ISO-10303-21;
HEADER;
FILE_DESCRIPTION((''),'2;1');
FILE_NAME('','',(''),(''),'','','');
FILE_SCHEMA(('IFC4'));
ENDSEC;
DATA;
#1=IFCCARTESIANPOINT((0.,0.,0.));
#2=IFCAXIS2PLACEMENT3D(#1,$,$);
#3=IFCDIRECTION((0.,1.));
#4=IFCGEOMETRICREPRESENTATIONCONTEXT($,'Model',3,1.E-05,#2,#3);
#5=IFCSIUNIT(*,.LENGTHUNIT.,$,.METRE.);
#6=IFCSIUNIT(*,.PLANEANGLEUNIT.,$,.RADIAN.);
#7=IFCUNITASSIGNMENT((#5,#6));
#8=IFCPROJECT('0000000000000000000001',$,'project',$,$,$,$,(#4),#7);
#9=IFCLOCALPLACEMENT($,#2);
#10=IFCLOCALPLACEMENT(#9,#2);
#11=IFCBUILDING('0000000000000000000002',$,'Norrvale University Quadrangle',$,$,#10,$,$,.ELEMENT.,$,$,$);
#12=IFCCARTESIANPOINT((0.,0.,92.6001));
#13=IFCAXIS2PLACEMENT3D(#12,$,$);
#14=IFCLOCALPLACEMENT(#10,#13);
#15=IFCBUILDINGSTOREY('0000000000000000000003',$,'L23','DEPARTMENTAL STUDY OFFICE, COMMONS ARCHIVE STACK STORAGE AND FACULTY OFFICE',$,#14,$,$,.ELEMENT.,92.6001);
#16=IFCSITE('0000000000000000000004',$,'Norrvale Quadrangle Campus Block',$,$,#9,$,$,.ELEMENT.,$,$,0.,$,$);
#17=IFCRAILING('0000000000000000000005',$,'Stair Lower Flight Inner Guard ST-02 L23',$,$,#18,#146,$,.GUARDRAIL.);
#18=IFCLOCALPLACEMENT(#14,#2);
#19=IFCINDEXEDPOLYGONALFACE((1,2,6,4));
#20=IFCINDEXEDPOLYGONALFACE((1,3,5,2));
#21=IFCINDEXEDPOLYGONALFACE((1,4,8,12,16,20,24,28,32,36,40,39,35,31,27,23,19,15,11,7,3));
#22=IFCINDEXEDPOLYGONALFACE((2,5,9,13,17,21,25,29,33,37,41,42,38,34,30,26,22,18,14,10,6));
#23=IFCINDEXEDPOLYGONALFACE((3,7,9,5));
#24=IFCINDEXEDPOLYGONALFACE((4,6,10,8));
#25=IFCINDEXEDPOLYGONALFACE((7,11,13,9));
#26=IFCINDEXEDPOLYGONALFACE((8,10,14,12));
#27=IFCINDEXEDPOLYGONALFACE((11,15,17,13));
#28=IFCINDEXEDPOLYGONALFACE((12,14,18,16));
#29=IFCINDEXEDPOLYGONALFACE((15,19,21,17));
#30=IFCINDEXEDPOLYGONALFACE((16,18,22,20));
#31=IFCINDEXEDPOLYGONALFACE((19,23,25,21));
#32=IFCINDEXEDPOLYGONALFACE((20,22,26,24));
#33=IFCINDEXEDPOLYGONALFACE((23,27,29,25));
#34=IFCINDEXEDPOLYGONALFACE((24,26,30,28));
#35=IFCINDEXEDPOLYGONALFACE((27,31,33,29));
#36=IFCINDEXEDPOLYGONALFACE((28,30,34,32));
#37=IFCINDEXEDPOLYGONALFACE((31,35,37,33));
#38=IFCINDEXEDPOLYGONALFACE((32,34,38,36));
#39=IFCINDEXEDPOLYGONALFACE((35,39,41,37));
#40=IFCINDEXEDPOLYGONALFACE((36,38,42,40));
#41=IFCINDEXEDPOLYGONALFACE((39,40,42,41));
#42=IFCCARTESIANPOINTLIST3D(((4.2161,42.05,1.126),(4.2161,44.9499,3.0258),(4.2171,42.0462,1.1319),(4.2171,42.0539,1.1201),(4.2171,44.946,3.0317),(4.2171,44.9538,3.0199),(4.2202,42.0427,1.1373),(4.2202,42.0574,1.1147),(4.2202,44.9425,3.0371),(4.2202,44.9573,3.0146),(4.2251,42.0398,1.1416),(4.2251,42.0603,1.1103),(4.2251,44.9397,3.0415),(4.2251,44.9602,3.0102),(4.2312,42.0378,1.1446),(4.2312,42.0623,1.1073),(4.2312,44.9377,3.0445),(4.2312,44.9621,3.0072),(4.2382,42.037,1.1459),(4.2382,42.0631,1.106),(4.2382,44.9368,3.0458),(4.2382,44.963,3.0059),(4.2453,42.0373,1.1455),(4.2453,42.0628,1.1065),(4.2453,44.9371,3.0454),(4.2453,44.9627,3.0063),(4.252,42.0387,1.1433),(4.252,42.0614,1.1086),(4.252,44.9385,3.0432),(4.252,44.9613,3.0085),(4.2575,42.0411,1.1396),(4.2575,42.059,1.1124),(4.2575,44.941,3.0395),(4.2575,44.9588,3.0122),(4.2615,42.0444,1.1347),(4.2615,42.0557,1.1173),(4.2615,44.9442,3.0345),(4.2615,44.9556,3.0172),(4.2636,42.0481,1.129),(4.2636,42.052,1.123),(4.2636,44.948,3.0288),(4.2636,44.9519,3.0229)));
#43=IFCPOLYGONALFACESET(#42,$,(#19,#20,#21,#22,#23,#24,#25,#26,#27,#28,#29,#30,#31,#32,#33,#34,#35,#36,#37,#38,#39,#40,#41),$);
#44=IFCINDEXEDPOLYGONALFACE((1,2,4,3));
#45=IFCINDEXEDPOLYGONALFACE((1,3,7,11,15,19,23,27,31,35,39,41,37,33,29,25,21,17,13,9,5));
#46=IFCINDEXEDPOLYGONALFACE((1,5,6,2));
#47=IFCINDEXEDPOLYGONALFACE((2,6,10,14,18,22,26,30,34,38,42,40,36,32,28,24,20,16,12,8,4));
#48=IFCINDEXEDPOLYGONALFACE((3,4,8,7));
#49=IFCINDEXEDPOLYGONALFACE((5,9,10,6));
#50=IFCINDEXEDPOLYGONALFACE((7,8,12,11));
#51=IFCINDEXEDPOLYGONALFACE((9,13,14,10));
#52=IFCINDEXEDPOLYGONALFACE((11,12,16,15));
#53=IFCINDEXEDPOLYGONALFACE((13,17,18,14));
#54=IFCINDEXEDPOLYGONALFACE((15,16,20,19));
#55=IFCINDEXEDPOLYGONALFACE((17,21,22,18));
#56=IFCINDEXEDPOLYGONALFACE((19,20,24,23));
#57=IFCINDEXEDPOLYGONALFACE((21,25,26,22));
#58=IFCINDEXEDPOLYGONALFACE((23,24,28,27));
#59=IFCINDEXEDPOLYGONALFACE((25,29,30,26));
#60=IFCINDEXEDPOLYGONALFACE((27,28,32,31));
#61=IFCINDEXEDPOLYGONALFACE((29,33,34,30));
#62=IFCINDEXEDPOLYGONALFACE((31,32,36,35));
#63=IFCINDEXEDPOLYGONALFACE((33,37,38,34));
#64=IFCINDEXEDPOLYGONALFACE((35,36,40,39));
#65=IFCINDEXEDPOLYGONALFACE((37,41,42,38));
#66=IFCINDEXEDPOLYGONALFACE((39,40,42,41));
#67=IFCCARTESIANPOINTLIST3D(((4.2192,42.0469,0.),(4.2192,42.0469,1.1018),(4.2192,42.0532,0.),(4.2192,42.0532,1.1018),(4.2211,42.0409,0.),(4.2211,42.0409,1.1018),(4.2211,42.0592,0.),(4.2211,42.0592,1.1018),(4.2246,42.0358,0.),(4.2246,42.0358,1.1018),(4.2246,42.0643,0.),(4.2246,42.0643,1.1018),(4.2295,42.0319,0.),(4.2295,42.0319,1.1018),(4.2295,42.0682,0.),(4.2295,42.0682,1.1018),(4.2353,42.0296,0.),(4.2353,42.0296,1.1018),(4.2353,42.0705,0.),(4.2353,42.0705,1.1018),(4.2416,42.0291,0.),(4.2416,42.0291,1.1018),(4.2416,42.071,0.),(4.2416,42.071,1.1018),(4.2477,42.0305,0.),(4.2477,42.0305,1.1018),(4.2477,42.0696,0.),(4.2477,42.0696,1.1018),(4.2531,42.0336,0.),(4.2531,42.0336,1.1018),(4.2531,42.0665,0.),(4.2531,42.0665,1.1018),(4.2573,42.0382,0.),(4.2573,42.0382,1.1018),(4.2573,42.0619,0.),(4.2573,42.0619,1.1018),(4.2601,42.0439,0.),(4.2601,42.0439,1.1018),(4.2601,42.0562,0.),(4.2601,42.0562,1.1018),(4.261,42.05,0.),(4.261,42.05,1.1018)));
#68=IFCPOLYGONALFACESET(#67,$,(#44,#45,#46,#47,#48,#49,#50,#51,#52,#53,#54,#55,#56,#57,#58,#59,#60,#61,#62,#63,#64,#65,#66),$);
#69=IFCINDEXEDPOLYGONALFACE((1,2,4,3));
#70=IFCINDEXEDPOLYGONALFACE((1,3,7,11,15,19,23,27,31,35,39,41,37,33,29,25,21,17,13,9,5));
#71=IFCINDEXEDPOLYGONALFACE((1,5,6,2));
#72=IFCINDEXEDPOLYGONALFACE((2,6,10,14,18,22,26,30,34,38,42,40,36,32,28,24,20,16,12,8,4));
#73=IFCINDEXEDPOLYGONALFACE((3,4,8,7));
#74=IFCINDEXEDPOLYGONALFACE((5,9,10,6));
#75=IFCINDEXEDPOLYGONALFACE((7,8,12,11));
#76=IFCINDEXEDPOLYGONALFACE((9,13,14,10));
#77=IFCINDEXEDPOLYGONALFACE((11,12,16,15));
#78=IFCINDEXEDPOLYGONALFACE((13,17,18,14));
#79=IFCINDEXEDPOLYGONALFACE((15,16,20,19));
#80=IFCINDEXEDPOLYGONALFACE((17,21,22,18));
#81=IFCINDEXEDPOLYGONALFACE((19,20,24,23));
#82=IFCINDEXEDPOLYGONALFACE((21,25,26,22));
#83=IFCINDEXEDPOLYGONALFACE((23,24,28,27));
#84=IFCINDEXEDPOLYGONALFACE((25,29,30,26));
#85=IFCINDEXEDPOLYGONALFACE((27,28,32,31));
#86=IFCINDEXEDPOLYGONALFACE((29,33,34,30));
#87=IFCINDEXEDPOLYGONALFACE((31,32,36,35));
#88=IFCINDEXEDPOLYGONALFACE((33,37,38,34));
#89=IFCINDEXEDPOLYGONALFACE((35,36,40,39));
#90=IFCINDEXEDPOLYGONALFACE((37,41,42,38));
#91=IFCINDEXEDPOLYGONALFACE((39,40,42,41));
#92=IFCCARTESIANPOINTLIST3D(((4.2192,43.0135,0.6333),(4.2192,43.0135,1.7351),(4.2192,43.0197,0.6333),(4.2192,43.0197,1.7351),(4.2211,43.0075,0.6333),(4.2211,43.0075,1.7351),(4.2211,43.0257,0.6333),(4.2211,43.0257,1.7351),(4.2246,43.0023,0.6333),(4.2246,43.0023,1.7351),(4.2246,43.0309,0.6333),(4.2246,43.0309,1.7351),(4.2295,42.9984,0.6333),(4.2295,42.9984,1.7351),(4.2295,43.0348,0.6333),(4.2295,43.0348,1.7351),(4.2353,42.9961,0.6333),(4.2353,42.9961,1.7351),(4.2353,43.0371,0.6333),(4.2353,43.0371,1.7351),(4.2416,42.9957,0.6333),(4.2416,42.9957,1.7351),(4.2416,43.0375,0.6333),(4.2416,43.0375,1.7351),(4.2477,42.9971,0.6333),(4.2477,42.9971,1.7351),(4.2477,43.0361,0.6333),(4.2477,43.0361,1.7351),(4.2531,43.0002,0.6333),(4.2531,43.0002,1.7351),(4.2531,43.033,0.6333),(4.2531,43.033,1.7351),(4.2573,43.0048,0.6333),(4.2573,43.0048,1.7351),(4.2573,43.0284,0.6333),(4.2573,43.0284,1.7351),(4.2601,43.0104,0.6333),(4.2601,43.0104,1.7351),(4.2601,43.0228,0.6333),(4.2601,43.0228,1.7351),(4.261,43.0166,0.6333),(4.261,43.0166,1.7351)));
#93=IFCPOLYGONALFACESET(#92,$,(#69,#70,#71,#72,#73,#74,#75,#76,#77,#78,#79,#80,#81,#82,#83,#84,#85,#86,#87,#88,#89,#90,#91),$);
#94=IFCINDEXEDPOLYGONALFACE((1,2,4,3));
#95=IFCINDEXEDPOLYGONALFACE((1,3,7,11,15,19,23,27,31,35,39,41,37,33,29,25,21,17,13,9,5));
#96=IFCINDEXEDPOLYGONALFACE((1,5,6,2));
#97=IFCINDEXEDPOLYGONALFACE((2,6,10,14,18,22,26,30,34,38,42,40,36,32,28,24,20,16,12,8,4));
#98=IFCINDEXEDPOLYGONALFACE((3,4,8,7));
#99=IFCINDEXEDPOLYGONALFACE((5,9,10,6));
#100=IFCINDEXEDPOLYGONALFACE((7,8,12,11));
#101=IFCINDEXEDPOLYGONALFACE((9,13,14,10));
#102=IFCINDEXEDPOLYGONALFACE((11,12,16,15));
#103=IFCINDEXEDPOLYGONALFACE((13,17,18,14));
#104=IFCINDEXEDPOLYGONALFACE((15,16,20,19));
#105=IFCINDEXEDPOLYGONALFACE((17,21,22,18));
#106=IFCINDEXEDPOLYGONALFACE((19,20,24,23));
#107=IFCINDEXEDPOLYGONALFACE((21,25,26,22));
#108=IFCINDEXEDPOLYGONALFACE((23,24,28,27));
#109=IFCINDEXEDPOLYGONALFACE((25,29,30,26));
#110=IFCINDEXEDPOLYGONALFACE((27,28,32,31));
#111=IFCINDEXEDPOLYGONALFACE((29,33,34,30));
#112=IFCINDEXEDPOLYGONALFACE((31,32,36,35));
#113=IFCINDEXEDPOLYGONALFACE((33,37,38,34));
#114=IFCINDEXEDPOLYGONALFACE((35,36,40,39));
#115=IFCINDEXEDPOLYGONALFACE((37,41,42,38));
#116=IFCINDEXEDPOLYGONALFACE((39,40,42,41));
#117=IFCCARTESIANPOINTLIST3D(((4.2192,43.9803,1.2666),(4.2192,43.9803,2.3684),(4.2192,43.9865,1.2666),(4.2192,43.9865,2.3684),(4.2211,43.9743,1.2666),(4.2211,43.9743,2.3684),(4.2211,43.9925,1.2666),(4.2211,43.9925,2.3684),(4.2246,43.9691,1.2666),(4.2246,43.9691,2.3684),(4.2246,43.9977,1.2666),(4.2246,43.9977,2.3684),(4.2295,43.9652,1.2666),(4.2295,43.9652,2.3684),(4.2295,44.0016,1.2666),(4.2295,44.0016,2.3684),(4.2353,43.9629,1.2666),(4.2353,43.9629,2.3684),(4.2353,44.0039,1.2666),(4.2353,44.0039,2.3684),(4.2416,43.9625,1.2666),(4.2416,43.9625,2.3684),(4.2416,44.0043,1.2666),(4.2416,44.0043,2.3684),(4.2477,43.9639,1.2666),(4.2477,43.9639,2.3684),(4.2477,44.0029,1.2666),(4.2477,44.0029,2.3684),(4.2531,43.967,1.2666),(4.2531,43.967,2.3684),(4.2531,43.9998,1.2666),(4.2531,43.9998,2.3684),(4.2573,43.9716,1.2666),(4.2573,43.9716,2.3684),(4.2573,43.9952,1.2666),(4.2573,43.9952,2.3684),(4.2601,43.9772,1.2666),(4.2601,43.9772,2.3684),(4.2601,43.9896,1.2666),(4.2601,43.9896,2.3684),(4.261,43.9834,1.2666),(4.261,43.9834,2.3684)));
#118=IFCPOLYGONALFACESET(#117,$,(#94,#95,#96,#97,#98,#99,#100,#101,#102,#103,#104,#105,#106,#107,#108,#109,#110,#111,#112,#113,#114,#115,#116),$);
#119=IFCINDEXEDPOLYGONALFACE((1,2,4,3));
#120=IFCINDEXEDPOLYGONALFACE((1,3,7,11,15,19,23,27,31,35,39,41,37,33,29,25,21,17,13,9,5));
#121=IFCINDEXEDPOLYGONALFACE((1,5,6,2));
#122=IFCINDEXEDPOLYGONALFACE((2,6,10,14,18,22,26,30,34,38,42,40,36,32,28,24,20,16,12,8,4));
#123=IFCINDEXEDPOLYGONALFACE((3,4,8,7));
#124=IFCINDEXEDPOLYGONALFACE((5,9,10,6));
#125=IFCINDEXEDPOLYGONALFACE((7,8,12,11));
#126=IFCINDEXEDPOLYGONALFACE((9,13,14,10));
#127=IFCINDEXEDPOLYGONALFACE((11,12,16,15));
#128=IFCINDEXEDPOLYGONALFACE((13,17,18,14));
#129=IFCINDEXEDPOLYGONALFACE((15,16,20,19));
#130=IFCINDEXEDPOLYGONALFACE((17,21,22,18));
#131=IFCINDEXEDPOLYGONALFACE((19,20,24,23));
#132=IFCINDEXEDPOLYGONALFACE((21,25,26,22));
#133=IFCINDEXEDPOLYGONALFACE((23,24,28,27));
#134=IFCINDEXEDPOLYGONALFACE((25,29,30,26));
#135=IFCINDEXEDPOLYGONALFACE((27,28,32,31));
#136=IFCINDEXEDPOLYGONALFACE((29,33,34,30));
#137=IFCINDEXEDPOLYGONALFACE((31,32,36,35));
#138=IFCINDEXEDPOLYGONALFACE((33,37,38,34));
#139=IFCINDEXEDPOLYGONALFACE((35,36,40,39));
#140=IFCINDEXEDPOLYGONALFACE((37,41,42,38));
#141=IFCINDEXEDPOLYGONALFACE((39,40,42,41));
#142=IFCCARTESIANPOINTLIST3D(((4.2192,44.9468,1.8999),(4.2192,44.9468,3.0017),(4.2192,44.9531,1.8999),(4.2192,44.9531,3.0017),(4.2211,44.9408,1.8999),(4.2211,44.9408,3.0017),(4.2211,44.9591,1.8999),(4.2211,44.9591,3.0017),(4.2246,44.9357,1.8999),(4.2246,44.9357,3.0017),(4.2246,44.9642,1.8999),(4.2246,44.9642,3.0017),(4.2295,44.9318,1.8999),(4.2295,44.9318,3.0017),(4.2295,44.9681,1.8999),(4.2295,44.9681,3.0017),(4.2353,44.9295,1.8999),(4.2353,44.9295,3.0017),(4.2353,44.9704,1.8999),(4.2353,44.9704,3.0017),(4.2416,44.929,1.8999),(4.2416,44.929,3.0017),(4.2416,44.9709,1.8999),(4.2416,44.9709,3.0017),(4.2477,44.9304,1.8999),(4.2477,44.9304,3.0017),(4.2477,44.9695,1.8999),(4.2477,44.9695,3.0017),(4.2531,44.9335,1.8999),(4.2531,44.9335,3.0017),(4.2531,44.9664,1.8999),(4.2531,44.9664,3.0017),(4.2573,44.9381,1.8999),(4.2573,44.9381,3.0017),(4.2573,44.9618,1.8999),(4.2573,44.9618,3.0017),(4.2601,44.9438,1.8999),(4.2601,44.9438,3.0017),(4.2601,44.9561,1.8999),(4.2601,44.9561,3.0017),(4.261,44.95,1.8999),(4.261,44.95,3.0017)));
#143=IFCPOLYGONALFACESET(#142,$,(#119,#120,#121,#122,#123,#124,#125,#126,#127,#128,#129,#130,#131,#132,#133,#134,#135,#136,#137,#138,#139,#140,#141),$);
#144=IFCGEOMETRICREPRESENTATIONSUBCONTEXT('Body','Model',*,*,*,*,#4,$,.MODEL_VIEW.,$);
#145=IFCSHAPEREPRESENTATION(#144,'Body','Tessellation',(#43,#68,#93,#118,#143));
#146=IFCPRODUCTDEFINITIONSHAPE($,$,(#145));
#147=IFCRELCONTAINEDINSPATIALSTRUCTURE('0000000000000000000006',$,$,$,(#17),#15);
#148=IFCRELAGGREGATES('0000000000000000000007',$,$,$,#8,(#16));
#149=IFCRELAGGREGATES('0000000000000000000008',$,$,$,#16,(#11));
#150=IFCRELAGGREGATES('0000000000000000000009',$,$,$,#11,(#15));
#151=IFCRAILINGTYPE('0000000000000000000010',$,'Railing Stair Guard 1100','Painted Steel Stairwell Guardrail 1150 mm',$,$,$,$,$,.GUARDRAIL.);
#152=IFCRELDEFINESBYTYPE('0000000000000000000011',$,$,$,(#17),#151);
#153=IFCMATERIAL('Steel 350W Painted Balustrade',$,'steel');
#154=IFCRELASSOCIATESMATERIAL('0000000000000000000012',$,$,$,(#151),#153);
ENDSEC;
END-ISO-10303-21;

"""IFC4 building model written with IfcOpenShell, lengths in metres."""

from ifc_helpers import new_model, si_unit, direction, frame, origin, origin_2d, place, context, subcontext, project, spatial, circle, extrude, material, type_object, element, save


model = new_model("IFC4")

# Units and contexts
model_context = context("Model", 3, precision=1e-05, world=origin(), true_north=direction((0.0, 1.0)))
body_context = subcontext(model_context, "Body", "Model", "MODEL_VIEW")
ifc_project = project(units=[si_unit("LENGTHUNIT", "METRE"), si_unit("PLANEANGLEUNIT", "RADIAN")], contexts=[model_context])

# Site, building, storey
site_placement = place(None, origin())
site = spatial("IfcSite", under=ifc_project, at=site_placement, Name="Norrvale Quadrangle Campus Block", CompositionType="ELEMENT", RefElevation=0.0)
building_placement = place(site_placement, origin())
building = spatial("IfcBuilding", under=site, at=building_placement, Name="Norrvale University Quadrangle", CompositionType="ELEMENT")
storey_placement = place(building_placement, frame((0.0, 0.0, 92.6001)))
storey = spatial("IfcBuildingStorey", under=building, at=storey_placement, Name="L23", Description="DEPARTMENTAL STUDY OFFICE, COMMONS ARCHIVE STACK STORAGE AND FACULTY OFFICE", CompositionType="ELEMENT", Elevation=92.6001)

# Railing
ifc_material_1 = material(Name="Steel 350W Painted Balustrade", Category="steel")
railing_type_1 = type_object("IfcRailingType", Name="Railing Stair Guard 1100", Description="Painted Steel Stairwell Guardrail 1150 mm", PredefinedType="GUARDRAIL", material=ifc_material_1)
railing_1_placement = place(storey_placement, frame((4.24, 42.05, 0.0)))
element("IfcRailing", 1, at=railing_1_placement, inside=storey, type_object=railing_type_1, Name="Stair Lower Flight Inner Guard ST-02 L23", PredefinedType="GUARDRAIL", context=body_context, shape_type="SweptSolid", body=[
    extrude(circle(Radius=0.0239, at=origin_2d()), frame((0.0, 0.0, 1.126), z_axis=(0.0, 0.836466, 0.548019), x_axis=(-1.0, 0.0, 0.0)), (0.0, 0.0, 1.0), 3.4668),
    extrude(circle(Radius=0.021, at=origin_2d()), origin(), (0.0, 0.0, 1.0), 1.1018),
    extrude(circle(Radius=0.021, at=origin_2d()), frame((0.0, 0.9666, 0.6333)), (0.0, 0.0, 1.0), 1.1018),
    extrude(circle(Radius=0.021, at=origin_2d()), frame((0.0, 1.9333, 1.2666)), (0.0, 0.0, 1.0), 1.1018),
    extrude(circle(Radius=0.021, at=origin_2d()), frame((0.0, 2.8999, 1.8999)), (0.0, 0.0, 1.0), 1.1018),
])

save(model, "model.ifc")
